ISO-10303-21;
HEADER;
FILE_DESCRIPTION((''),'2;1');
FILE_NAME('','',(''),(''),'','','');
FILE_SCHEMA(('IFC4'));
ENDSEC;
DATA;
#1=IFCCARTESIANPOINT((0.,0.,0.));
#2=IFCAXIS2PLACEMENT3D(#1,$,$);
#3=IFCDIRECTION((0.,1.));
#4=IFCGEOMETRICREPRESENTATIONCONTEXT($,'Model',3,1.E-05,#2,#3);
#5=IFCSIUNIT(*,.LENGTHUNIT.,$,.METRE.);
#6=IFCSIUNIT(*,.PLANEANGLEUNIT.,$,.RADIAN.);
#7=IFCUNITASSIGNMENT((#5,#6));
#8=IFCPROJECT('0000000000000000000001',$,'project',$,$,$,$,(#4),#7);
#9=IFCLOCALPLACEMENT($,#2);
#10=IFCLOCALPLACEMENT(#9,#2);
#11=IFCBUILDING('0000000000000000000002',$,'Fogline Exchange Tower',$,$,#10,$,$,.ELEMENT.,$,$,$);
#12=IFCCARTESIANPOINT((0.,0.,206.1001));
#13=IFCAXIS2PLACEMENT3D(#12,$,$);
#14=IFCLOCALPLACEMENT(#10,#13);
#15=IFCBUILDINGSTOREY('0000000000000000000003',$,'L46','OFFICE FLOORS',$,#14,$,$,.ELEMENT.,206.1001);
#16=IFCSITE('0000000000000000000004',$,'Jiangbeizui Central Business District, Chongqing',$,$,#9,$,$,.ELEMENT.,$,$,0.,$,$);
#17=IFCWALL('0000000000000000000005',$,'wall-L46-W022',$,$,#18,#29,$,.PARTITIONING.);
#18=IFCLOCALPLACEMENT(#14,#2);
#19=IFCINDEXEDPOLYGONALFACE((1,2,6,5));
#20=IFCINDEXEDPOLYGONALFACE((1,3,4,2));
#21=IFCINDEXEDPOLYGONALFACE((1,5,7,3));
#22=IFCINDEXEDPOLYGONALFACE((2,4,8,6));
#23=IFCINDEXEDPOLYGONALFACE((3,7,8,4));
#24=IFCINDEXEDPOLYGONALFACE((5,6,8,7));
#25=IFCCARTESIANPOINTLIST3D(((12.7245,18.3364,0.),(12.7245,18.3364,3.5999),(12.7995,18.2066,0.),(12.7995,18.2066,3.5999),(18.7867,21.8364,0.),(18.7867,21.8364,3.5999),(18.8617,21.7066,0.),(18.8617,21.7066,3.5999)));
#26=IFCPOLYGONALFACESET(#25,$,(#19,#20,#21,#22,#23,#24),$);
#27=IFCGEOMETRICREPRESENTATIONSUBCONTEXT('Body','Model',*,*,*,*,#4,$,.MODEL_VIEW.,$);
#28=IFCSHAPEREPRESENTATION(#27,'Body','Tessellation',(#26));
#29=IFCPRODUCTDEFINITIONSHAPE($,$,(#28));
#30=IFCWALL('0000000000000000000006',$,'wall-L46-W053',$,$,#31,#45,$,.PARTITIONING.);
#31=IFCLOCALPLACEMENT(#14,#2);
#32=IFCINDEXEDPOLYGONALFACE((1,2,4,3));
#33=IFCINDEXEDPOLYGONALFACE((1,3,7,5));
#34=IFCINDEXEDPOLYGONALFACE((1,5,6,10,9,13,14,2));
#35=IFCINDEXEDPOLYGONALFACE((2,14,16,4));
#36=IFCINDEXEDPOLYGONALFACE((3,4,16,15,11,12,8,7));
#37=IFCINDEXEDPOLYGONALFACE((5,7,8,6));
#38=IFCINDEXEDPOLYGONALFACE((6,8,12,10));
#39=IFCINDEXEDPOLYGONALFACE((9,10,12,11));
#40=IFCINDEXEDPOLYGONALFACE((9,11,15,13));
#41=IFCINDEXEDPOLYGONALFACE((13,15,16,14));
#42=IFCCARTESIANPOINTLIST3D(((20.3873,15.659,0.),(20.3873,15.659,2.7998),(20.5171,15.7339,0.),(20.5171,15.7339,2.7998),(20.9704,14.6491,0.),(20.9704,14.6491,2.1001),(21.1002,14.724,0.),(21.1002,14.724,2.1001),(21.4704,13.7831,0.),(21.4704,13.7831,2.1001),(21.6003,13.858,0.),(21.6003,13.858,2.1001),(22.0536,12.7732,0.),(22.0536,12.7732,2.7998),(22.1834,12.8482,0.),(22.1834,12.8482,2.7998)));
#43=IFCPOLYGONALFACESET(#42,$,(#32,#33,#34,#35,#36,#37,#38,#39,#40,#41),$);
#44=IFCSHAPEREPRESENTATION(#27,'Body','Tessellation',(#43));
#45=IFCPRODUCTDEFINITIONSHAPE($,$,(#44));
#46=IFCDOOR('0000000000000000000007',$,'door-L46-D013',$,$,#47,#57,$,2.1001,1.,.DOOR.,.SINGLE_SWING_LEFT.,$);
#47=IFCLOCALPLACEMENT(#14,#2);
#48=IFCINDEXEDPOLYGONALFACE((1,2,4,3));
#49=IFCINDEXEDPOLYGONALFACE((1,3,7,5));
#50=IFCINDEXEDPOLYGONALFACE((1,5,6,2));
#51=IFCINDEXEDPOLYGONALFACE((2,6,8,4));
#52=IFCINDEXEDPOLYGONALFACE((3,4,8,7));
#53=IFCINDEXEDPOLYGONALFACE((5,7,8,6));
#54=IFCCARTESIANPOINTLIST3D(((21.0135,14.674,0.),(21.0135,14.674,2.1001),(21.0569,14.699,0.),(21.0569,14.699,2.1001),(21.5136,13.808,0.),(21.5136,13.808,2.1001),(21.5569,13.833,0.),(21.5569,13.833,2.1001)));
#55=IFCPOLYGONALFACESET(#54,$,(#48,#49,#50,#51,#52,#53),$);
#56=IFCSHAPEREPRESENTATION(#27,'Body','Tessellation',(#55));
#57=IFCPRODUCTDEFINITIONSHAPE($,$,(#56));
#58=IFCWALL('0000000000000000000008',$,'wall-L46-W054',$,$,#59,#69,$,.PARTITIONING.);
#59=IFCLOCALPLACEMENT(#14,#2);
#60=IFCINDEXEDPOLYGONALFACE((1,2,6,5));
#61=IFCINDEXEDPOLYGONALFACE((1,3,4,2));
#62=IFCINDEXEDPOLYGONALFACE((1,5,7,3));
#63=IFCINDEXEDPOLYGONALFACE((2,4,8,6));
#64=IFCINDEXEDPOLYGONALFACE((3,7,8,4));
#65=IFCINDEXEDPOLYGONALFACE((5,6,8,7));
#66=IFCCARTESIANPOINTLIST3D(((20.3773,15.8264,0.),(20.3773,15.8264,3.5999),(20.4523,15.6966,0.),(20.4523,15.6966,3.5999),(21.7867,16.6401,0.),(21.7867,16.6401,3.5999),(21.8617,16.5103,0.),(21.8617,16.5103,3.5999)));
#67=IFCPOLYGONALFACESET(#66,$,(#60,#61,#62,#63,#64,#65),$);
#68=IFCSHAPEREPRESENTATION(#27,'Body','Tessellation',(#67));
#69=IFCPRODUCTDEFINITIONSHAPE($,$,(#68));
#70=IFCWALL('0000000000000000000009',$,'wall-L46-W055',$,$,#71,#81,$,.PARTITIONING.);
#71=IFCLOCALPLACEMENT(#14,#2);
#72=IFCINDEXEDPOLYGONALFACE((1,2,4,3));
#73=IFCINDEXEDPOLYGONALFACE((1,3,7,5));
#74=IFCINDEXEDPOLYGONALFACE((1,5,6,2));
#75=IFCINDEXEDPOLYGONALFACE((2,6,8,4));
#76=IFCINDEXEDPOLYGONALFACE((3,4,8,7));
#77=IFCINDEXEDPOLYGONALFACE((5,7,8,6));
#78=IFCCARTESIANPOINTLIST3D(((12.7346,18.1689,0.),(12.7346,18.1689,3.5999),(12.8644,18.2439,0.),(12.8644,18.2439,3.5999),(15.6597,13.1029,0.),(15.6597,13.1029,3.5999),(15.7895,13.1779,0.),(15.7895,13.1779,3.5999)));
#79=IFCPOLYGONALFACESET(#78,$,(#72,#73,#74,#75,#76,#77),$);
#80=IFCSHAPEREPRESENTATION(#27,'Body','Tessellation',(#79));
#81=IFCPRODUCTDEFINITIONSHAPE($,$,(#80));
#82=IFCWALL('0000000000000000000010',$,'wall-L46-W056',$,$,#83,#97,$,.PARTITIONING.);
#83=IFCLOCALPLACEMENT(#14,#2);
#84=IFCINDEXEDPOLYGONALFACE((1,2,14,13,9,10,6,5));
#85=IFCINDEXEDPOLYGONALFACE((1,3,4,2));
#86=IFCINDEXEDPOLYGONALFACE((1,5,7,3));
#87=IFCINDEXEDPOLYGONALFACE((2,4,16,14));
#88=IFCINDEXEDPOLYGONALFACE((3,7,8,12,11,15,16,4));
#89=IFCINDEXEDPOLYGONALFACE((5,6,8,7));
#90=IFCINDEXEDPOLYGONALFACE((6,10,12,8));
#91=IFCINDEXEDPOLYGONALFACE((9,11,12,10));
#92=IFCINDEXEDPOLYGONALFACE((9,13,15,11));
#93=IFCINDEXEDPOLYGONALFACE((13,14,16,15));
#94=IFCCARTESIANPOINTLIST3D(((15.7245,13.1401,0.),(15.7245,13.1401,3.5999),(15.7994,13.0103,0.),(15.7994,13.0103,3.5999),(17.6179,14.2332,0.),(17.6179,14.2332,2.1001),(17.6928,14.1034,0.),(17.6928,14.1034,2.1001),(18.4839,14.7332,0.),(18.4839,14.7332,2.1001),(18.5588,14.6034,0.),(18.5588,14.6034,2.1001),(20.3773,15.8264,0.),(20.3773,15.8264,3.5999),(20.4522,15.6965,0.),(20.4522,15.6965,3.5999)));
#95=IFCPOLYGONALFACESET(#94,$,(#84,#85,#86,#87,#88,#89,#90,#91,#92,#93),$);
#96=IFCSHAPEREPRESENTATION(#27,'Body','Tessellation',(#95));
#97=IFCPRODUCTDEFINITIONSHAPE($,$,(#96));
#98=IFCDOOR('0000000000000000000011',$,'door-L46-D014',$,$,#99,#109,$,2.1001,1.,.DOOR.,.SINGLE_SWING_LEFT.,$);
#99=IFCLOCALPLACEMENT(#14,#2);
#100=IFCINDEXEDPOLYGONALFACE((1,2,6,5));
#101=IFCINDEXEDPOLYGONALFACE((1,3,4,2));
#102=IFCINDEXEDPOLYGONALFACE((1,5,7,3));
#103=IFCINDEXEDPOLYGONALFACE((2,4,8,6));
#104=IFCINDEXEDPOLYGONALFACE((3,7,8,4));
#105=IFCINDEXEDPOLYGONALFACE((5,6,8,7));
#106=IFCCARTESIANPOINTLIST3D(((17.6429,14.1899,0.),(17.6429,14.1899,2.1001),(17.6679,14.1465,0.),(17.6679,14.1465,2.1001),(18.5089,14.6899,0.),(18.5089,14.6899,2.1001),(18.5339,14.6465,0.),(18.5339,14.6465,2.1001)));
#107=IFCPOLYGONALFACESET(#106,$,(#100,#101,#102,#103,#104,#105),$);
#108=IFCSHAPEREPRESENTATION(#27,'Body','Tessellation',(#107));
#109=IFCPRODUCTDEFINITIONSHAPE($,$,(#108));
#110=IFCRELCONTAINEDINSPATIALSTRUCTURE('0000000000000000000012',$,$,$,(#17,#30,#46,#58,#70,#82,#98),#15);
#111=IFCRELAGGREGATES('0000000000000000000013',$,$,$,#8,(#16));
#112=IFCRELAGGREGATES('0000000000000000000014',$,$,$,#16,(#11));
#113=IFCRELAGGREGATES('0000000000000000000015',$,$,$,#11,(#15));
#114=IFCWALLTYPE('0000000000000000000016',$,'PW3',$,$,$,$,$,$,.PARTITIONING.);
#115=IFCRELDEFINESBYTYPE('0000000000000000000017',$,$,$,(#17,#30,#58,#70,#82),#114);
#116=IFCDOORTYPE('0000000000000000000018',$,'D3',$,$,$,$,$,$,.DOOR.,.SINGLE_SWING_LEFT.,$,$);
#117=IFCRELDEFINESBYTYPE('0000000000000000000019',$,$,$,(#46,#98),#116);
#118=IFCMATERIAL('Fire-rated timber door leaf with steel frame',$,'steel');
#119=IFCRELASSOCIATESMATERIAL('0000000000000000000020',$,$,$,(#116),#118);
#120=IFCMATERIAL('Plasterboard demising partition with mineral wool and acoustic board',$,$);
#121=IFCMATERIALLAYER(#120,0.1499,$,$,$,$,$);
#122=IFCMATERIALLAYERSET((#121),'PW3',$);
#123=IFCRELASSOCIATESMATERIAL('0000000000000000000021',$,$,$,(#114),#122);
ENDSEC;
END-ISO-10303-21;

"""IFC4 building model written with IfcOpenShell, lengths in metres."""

from ifc_helpers import new_model, si_unit, direction, frame, frame_2d, origin, place, context, subcontext, project, spatial, rectangle, extrude, material, layer, layer_set, type_object, element, fill, save


model = new_model("IFC4")

# Units and contexts
model_context = context("Model", 3, precision=1e-05, world=origin(), true_north=direction((0.0, 1.0)))
body_context = subcontext(model_context, "Body", "Model", "MODEL_VIEW")
ifc_project = project(units=[si_unit("LENGTHUNIT", "METRE"), si_unit("PLANEANGLEUNIT", "RADIAN")], contexts=[model_context])

# Site, building, storey
site_placement = place(None, origin())
site = spatial("IfcSite", under=ifc_project, at=site_placement, Name="Jiangbeizui Central Business District, Chongqing", CompositionType="ELEMENT", RefElevation=0.0)
building_placement = place(site_placement, origin())
building = spatial("IfcBuilding", under=site, at=building_placement, Name="Fogline Exchange Tower", CompositionType="ELEMENT")
storey_placement = place(building_placement, frame((0.0, 0.0, 206.1001)))
storey = spatial("IfcBuildingStorey", under=building, at=storey_placement, Name="L46", Description="OFFICE FLOORS", CompositionType="ELEMENT", Elevation=206.1001)

# Shared definitions
ifc_material_1 = material(Name="Fire-rated timber door leaf with steel frame", Category="steel")
door_type_1 = type_object("IfcDoorType", Name="D3", OperationType="SINGLE_SWING_LEFT", PredefinedType="DOOR", material=ifc_material_1)

# Wall
ifc_material_2 = material(Name="Plasterboard demising partition with mineral wool and acoustic board")
ifc_layer_1 = layer(ifc_material_2, 0.1499)
ifc_layer_set_1 = layer_set([ifc_layer_1], Name="PW3")
wall_type_1 = type_object("IfcWallType", Name="PW3", PredefinedType="PARTITIONING", material=ifc_layer_set_1)
wall_1_placement = place(storey_placement, frame((18.8242, 21.7715, 0.0), z_axis=(0.0, 0.0, 1.0), x_axis=(-0.866028, -0.499995, 0.0)))
element("IfcWall", 1, at=wall_1_placement, inside=storey, type_object=wall_type_1, Name="wall-L46-W022", PredefinedType="PARTITIONING", context=body_context, shape_type="SweptSolid", body=[
    extrude(rectangle(XDim=7.0, YDim=0.1499, at=frame_2d((3.5, 0.0))), origin(), (0.0, 0.0, 1.0), 3.5999),
])

# Wall, opening, door
wall_2_placement = place(storey_placement, frame((22.1184, 12.8108, 0.0), z_axis=(0.0, 0.0, 1.0), x_axis=(-0.50004, 0.866003, 0.0)))
wall_2 = element("IfcWall", 2, at=wall_2_placement, inside=storey, type_object=wall_type_1, Name="wall-L46-W053", PredefinedType="PARTITIONING", context=body_context, shape_type="SweptSolid", body=[
    extrude(rectangle(XDim=3.3323, YDim=0.1499, at=frame_2d((1.666, 0.0))), origin(), (0.0, 0.0, 1.0), 2.7998),
])
opening_1_placement = place(wall_2_placement, frame((1.166, 0.0, 0.0)))
opening_1 = element("IfcOpeningElement", 3, at=opening_1_placement, cuts=wall_2, PredefinedType="OPENING", context=body_context, shape_type="SweptSolid", body=[
    extrude(rectangle(XDim=1.0, YDim=2.1001, at=frame_2d((0.5, 1.05))), frame((0.0, 0.085, 0.0), z_axis=(0.0, -1.0, 0.0), x_axis=(1.0, 0.0, 0.0)), (0.0, 0.0, 1.0), 0.1699),
])
door_1_placement = place(opening_1_placement, frame((1.0, 0.0, 0.0), z_axis=(0.0, 0.0, 1.0), x_axis=(-1.0, 0.0, 0.0)))
door_1 = element("IfcDoor", 4, at=door_1_placement, inside=storey, type_object=door_type_1, Name="door-L46-D013", OperationType="SINGLE_SWING_LEFT", OverallHeight=2.1001, OverallWidth=1.0, PredefinedType="DOOR", context=body_context, shape_type="SweptSolid", body=[
    extrude(rectangle(XDim=1.0, YDim=2.1001, at=frame_2d((0.5, 1.05))), frame((0.0, 0.0249, 0.0), z_axis=(0.0, -1.0, 0.0), x_axis=(1.0, 0.0, 0.0)), (0.0, 0.0, 1.0), 0.05),
])
fill(opening_1, door_1)

# Walls
wall_3_placement = place(storey_placement, frame((20.4148, 15.7615, 0.0), z_axis=(0.0, 0.0, 1.0), x_axis=(0.866028, 0.499995, 0.0)))
element("IfcWall", 5, at=wall_3_placement, inside=storey, type_object=wall_type_1, Name="wall-L46-W054", PredefinedType="PARTITIONING", context=body_context, shape_type="SweptSolid", body=[
    extrude(rectangle(XDim=1.6274, YDim=0.1499, at=frame_2d((0.8137, 0.0))), origin(), (0.0, 0.0, 1.0), 3.5999),
])
wall_4_placement = place(storey_placement, frame((12.7996, 18.2063, 0.0), z_axis=(0.0, 0.0, 1.0), x_axis=(0.500031, -0.866008, 0.0)))
element("IfcWall", 6, at=wall_4_placement, inside=storey, type_object=wall_type_1, Name="wall-L46-W055", PredefinedType="PARTITIONING", context=body_context, shape_type="SweptSolid", body=[
    extrude(rectangle(XDim=5.8499, YDim=0.1499, at=frame_2d((2.9248, 0.0))), origin(), (0.0, 0.0, 1.0), 3.5999),
])

# Wall, opening, door
wall_5_placement = place(storey_placement, frame((15.762, 13.0752, 0.0), z_axis=(0.0, 0.0, 1.0), x_axis=(0.866028, 0.499995, 0.0)))
wall_5 = element("IfcWall", 7, at=wall_5_placement, inside=storey, type_object=wall_type_1, Name="wall-L46-W056", PredefinedType="PARTITIONING", context=body_context, shape_type="SweptSolid", body=[
    extrude(rectangle(XDim=5.3726, YDim=0.1499, at=frame_2d((2.6863, 0.0))), origin(), (0.0, 0.0, 1.0), 3.5999),
])
opening_2_placement = place(wall_5_placement, frame((2.1863, 0.0, 0.0)))
opening_2 = element("IfcOpeningElement", 8, at=opening_2_placement, cuts=wall_5, PredefinedType="OPENING", context=body_context, shape_type="SweptSolid", body=[
    extrude(rectangle(XDim=1.0, YDim=2.1001, at=frame_2d((0.5, 1.05))), frame((0.0, 0.085, 0.0), z_axis=(0.0, -1.0, 0.0), x_axis=(1.0, 0.0, 0.0)), (0.0, 0.0, 1.0), 0.1699),
])
door_2_placement = place(opening_2_placement, origin())
door_2 = element("IfcDoor", 9, at=door_2_placement, inside=storey, type_object=door_type_1, Name="door-L46-D014", OperationType="SINGLE_SWING_LEFT", OverallHeight=2.1001, OverallWidth=1.0, PredefinedType="DOOR", context=body_context, shape_type="SweptSolid", body=[
    extrude(rectangle(XDim=1.0, YDim=2.1001, at=frame_2d((0.5, 1.05))), frame((0.0, 0.0249, 0.0), z_axis=(0.0, -1.0, 0.0), x_axis=(1.0, 0.0, 0.0)), (0.0, 0.0, 1.0), 0.05),
])
fill(opening_2, door_2)

save(model, "model.ifc")
